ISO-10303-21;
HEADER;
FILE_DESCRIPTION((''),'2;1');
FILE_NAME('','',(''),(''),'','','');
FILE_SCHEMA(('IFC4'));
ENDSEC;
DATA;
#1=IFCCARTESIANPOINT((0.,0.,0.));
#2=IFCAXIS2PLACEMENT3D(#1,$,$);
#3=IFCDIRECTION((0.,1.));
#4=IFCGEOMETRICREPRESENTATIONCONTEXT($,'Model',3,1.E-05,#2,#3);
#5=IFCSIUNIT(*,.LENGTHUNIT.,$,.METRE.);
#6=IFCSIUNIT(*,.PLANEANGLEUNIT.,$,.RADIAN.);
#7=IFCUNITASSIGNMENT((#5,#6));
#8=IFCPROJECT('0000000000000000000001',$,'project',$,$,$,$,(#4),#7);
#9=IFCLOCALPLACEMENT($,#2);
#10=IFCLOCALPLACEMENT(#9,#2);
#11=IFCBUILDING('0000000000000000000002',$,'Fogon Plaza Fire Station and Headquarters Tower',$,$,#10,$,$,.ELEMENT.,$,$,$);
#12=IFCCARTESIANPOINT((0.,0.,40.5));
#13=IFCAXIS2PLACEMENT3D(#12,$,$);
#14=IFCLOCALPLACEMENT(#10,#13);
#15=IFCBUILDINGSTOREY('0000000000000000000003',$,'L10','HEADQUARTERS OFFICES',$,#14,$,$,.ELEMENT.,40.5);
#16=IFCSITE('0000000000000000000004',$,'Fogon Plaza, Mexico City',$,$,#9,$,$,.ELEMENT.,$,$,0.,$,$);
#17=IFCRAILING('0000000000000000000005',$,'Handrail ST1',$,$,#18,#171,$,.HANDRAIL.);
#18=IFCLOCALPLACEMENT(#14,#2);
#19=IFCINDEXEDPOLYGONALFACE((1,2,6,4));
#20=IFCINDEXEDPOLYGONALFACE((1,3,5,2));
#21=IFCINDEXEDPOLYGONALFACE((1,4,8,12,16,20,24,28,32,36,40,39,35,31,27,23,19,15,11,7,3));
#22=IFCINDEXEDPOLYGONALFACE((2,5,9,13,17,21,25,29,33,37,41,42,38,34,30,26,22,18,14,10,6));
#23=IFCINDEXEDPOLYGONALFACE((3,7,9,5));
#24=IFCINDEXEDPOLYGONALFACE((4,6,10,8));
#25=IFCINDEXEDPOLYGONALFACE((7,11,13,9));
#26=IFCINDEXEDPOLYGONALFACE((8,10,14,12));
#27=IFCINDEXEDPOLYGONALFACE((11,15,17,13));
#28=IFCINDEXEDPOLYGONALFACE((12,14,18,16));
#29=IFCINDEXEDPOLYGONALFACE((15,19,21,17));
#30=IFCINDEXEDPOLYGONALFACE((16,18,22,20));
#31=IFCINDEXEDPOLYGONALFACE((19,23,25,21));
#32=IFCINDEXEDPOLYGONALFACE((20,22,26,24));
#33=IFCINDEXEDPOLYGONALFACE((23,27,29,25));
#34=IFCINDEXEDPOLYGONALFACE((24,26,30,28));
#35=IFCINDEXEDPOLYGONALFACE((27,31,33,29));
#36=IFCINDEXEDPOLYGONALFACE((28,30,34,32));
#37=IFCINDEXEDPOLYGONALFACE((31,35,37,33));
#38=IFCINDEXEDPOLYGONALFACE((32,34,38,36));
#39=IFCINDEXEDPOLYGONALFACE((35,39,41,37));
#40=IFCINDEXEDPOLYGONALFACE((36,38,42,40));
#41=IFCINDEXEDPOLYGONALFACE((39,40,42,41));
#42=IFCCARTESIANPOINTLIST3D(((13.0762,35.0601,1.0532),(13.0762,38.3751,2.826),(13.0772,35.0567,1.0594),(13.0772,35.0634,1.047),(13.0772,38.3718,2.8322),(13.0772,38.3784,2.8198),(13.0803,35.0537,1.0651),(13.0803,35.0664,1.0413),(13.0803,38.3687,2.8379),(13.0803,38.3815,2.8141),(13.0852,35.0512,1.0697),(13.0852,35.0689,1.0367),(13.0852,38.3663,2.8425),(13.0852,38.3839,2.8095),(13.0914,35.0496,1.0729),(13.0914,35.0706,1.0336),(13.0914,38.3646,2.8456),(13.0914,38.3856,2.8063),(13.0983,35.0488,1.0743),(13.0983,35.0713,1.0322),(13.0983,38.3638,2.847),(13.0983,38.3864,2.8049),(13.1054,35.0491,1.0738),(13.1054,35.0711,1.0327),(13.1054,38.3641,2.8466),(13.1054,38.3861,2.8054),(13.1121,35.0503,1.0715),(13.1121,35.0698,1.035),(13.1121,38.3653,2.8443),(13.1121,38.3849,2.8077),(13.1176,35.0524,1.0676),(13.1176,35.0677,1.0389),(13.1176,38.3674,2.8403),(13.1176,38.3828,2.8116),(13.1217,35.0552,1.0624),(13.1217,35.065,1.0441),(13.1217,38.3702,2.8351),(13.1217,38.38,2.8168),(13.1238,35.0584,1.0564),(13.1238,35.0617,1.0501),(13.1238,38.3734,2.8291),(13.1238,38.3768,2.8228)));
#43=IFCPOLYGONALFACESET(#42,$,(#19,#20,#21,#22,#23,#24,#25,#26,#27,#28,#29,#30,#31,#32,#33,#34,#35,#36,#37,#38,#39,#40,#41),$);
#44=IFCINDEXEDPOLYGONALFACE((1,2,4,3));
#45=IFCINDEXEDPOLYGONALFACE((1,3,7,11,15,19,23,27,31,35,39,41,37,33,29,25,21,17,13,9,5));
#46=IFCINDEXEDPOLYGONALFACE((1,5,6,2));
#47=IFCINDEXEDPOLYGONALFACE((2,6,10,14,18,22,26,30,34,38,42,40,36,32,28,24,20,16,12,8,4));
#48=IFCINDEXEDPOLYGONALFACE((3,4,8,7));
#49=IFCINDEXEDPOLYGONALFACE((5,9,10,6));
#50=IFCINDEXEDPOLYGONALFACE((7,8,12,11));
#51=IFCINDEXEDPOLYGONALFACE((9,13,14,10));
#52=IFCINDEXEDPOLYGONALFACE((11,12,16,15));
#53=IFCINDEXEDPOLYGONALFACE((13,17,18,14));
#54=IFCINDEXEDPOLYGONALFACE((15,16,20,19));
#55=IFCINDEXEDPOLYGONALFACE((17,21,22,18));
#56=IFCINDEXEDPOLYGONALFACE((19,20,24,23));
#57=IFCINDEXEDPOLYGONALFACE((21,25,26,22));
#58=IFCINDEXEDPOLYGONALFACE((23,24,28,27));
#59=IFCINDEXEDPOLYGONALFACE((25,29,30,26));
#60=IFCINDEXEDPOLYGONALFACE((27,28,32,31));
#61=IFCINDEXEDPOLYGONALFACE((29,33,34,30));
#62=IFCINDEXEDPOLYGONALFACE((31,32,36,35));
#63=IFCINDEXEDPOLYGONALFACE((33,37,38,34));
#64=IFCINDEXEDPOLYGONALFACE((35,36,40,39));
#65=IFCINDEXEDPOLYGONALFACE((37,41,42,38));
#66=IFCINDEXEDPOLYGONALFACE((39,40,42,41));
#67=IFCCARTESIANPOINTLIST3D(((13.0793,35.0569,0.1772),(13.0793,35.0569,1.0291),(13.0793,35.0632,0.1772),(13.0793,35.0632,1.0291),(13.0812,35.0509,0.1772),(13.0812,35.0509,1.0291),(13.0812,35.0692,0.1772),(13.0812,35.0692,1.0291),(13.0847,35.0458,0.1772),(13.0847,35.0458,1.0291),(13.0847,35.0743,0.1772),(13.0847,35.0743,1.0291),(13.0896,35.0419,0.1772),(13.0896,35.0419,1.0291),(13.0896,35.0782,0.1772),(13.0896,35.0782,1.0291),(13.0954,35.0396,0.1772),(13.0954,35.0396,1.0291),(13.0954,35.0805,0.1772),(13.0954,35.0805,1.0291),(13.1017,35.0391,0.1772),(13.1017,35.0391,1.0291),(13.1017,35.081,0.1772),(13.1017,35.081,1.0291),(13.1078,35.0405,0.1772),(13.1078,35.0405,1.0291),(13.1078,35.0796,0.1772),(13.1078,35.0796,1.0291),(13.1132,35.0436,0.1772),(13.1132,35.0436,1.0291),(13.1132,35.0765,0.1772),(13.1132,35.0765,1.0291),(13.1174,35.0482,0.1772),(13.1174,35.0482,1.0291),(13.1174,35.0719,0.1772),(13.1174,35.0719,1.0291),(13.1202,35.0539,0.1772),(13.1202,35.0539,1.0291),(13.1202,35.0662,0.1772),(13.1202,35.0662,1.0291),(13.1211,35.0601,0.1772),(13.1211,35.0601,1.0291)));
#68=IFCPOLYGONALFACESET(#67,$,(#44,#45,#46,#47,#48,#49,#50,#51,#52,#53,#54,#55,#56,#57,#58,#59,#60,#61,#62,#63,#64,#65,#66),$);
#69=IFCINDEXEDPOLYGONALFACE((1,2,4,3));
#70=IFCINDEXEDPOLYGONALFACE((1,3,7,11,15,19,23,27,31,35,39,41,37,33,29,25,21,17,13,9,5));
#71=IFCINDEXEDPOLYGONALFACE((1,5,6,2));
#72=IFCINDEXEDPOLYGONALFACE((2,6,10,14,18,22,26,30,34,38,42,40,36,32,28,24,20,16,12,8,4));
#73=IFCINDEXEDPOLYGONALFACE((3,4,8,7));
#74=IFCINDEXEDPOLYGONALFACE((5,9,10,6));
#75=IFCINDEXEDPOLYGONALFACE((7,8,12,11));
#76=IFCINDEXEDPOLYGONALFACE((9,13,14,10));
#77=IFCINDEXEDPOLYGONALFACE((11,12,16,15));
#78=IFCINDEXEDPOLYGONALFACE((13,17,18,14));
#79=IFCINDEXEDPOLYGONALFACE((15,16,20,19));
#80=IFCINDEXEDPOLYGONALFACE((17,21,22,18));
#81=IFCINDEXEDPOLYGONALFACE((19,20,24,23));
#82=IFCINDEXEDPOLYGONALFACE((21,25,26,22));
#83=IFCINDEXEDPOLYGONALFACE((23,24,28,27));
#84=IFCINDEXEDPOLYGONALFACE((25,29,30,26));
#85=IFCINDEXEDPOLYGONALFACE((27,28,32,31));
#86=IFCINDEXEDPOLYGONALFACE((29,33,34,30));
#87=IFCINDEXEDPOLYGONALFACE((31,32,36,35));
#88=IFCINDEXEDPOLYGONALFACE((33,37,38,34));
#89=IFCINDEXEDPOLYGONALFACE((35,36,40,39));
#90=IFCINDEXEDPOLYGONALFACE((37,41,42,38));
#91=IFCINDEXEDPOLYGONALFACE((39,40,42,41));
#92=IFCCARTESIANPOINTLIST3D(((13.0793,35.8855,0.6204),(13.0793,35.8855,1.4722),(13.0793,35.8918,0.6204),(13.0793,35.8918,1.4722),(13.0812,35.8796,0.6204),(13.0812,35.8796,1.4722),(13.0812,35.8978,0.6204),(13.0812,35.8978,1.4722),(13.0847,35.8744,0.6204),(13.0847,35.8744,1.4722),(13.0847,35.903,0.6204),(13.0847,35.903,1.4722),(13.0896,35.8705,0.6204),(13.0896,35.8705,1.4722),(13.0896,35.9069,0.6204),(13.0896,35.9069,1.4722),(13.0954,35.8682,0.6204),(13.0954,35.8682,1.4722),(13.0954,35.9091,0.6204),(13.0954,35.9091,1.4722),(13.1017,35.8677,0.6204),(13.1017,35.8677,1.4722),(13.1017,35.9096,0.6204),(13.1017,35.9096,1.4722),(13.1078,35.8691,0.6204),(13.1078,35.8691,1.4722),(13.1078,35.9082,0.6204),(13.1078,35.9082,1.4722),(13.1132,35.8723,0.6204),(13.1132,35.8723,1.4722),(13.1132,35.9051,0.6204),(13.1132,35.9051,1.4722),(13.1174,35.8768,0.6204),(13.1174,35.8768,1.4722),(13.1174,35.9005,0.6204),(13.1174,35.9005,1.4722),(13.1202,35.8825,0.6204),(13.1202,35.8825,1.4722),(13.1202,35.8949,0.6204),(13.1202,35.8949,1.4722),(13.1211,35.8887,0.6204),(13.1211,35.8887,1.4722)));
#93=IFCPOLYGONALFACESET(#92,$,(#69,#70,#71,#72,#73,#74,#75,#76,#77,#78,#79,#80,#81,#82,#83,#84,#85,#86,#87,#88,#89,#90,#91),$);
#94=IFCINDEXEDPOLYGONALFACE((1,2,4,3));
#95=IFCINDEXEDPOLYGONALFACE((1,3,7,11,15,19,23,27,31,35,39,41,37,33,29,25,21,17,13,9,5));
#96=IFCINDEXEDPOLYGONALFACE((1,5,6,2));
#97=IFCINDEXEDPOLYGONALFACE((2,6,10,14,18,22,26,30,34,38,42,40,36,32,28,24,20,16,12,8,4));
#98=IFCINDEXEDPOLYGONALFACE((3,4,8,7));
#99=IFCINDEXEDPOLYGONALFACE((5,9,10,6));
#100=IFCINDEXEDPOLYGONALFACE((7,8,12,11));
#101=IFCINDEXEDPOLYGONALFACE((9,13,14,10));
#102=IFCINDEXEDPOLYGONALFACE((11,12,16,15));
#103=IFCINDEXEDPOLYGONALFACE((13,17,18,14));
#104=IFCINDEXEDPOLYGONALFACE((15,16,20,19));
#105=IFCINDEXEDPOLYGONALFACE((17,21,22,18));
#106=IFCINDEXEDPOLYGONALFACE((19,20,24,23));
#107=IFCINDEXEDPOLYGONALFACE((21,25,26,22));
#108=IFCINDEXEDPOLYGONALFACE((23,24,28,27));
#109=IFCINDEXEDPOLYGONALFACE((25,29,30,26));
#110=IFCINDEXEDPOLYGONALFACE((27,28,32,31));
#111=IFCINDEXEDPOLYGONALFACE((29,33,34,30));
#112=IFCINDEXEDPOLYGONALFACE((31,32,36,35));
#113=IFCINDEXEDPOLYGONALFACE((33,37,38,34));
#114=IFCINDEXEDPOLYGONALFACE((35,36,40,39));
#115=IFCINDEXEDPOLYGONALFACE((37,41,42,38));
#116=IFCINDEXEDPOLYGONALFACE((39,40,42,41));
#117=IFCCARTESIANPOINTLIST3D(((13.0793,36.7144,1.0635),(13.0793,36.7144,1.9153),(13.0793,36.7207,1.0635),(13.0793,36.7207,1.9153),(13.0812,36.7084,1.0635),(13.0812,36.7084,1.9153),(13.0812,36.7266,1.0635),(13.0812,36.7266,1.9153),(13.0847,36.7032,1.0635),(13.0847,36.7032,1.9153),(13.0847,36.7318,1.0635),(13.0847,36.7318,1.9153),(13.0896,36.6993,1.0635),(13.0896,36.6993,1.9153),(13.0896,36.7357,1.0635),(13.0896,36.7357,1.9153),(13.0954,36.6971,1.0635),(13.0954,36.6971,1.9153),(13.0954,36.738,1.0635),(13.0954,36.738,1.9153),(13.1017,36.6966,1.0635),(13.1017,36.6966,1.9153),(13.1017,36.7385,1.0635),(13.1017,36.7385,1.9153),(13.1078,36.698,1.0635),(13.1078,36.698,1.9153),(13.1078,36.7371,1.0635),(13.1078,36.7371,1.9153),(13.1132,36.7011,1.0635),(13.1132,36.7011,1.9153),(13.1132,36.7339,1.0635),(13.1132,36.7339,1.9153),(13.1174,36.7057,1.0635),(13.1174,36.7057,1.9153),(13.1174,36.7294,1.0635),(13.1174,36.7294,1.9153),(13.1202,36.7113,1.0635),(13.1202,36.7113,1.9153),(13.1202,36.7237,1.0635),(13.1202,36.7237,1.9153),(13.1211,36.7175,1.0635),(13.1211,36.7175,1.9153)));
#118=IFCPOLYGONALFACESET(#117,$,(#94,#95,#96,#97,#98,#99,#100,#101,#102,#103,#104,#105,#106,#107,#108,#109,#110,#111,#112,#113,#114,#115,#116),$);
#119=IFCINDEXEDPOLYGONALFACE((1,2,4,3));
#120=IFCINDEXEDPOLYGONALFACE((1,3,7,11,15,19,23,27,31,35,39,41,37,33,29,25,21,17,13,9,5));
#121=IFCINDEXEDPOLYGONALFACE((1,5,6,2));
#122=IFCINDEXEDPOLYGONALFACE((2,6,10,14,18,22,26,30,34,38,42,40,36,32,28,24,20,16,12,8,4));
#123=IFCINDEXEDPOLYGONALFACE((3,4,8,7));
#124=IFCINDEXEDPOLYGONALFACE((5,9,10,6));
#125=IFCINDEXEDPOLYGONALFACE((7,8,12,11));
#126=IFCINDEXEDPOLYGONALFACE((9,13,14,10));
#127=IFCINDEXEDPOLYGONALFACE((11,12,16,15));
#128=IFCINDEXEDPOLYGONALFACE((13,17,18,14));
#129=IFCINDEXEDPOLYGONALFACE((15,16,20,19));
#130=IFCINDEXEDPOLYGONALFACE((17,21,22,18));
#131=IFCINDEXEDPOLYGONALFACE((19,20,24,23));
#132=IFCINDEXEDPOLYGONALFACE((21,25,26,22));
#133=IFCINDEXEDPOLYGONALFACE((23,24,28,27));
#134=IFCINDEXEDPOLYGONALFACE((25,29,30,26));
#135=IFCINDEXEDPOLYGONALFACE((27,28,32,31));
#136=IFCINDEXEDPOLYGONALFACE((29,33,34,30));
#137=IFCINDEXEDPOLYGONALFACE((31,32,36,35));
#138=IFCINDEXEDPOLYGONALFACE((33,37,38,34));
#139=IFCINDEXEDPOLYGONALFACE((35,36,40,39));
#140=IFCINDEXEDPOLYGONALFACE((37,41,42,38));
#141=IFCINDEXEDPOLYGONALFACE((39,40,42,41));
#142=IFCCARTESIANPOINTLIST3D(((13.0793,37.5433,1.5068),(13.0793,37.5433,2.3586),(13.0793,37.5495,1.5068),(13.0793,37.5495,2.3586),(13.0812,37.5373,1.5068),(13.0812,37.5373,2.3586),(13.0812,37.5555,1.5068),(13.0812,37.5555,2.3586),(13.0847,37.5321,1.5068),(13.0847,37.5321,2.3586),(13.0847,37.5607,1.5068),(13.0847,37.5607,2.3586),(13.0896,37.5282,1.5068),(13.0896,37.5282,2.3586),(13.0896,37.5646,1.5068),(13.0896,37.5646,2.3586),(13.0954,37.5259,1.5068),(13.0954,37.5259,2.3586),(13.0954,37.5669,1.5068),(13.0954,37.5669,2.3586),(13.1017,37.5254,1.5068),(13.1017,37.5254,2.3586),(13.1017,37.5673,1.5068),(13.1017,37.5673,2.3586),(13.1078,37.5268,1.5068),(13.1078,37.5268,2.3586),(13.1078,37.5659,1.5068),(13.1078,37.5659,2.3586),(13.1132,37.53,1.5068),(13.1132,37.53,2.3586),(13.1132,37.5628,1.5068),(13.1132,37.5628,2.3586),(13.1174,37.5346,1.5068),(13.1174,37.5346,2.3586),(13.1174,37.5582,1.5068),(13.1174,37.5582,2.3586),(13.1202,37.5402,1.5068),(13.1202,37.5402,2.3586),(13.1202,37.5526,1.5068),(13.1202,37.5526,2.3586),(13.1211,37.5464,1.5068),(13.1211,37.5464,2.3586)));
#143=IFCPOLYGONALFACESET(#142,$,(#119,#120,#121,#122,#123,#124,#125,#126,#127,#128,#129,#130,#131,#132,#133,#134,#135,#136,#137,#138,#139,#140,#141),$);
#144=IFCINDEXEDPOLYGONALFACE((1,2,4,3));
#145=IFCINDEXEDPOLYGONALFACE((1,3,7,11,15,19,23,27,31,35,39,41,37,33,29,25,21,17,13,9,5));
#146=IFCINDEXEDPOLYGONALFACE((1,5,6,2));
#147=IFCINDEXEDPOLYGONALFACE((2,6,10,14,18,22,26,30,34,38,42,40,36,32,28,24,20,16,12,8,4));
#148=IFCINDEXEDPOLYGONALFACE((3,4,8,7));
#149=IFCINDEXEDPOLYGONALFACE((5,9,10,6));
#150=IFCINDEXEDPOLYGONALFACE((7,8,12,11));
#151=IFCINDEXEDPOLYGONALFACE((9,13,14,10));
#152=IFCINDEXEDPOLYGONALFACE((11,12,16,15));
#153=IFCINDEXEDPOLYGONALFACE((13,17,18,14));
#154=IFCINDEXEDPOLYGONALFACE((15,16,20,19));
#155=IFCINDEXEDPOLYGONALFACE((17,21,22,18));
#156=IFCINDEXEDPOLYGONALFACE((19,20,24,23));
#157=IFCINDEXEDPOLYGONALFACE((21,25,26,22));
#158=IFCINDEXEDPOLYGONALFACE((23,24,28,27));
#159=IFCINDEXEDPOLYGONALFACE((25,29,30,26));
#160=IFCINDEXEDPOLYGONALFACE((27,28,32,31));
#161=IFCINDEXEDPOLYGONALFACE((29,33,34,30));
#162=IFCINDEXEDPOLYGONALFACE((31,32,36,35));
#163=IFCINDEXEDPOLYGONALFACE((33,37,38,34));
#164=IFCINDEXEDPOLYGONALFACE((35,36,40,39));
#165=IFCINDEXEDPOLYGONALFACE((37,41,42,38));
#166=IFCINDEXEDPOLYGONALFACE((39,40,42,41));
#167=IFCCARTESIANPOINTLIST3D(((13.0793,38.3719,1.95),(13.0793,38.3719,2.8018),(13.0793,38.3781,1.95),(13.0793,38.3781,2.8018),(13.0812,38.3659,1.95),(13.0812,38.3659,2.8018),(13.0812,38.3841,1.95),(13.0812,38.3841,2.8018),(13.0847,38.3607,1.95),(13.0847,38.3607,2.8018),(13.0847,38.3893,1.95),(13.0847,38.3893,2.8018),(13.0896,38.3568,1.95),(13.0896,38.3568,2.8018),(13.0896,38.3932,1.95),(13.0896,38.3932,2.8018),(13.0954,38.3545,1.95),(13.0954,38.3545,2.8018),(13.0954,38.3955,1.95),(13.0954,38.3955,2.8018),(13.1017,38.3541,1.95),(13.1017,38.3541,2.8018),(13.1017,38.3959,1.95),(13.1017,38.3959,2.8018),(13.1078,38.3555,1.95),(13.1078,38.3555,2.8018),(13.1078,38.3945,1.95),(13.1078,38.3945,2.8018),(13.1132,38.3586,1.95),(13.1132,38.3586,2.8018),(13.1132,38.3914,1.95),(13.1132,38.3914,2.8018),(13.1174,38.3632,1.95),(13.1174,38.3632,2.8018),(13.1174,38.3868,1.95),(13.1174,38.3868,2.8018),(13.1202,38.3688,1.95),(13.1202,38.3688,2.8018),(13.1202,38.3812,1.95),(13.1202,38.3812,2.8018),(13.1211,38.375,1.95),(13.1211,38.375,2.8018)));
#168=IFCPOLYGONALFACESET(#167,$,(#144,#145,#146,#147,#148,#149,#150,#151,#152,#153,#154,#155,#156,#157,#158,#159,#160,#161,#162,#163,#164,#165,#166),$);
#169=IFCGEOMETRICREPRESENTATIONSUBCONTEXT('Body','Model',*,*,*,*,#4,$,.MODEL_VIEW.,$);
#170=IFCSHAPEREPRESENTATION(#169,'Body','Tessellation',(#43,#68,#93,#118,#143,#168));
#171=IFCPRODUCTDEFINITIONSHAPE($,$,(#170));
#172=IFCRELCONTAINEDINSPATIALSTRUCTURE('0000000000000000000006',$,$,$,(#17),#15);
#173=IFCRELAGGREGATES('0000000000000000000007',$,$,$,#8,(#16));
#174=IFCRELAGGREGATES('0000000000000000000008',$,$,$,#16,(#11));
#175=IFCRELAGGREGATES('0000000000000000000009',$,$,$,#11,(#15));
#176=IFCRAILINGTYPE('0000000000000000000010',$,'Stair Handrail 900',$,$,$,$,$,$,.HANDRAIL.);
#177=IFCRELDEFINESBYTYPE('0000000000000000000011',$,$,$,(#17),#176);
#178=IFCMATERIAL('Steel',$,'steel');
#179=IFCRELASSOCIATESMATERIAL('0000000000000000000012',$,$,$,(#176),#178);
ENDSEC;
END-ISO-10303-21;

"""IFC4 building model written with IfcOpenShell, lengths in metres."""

from ifc_helpers import new_model, si_unit, direction, frame, origin, origin_2d, place, context, subcontext, project, spatial, circle, extrude, material, type_object, element, save


model = new_model("IFC4")

# Units and contexts
model_context = context("Model", 3, precision=1e-05, world=origin(), true_north=direction((0.0, 1.0)))
body_context = subcontext(model_context, "Body", "Model", "MODEL_VIEW")
ifc_project = project(units=[si_unit("LENGTHUNIT", "METRE"), si_unit("PLANEANGLEUNIT", "RADIAN")], contexts=[model_context])

# Site, building, storey
site_placement = place(None, origin())
site = spatial("IfcSite", under=ifc_project, at=site_placement, Name="Fogon Plaza, Mexico City", CompositionType="ELEMENT", RefElevation=0.0)
building_placement = place(site_placement, origin())
building = spatial("IfcBuilding", under=site, at=building_placement, Name="Fogon Plaza Fire Station and Headquarters Tower", CompositionType="ELEMENT")
storey_placement = place(building_placement, frame((0.0, 0.0, 40.5)))
storey = spatial("IfcBuildingStorey", under=building, at=storey_placement, Name="L10", Description="HEADQUARTERS OFFICES", CompositionType="ELEMENT", Elevation=40.5)

# Railing
ifc_material_1 = material(Name="Steel", Category="steel")
railing_type = type_object("IfcRailingType", Name="Stair Handrail 900", PredefinedType="HANDRAIL", material=ifc_material_1)
for number, where, name in (
    (1, (13.1001, 35.0601, 0.1772), "Handrail ST1"),
):
    element("IfcRailing", number, at=place(storey_placement, frame(where)), inside=storey, type_object=railing_type, Name=name, PredefinedType="HANDRAIL", context=body_context, shape_type="SweptSolid", body=[
        extrude(circle(Radius=0.0239, at=origin_2d()), frame((0.0, 0.0, 0.876), z_axis=(0.0, 0.881829, 0.471569), x_axis=(-1.0, 0.0, 0.0)), (0.0, 0.0, 1.0), 3.7593),
        extrude(circle(Radius=0.021, at=origin_2d()), origin(), (0.0, 0.0, 1.0), 0.8518),
        extrude(circle(Radius=0.021, at=origin_2d()), frame((0.0, 0.8286, 0.4431)), (0.0, 0.0, 1.0), 0.8518),
        extrude(circle(Radius=0.021, at=origin_2d()), frame((0.0, 1.6575, 0.8862)), (0.0, 0.0, 1.0), 0.8518),
        extrude(circle(Radius=0.021, at=origin_2d()), frame((0.0, 2.4863, 1.3296)), (0.0, 0.0, 1.0), 0.8518),
        extrude(circle(Radius=0.021, at=origin_2d()), frame((0.0, 3.3149, 1.7727)), (0.0, 0.0, 1.0), 0.8518),
    ])

save(model, "model.ifc")
